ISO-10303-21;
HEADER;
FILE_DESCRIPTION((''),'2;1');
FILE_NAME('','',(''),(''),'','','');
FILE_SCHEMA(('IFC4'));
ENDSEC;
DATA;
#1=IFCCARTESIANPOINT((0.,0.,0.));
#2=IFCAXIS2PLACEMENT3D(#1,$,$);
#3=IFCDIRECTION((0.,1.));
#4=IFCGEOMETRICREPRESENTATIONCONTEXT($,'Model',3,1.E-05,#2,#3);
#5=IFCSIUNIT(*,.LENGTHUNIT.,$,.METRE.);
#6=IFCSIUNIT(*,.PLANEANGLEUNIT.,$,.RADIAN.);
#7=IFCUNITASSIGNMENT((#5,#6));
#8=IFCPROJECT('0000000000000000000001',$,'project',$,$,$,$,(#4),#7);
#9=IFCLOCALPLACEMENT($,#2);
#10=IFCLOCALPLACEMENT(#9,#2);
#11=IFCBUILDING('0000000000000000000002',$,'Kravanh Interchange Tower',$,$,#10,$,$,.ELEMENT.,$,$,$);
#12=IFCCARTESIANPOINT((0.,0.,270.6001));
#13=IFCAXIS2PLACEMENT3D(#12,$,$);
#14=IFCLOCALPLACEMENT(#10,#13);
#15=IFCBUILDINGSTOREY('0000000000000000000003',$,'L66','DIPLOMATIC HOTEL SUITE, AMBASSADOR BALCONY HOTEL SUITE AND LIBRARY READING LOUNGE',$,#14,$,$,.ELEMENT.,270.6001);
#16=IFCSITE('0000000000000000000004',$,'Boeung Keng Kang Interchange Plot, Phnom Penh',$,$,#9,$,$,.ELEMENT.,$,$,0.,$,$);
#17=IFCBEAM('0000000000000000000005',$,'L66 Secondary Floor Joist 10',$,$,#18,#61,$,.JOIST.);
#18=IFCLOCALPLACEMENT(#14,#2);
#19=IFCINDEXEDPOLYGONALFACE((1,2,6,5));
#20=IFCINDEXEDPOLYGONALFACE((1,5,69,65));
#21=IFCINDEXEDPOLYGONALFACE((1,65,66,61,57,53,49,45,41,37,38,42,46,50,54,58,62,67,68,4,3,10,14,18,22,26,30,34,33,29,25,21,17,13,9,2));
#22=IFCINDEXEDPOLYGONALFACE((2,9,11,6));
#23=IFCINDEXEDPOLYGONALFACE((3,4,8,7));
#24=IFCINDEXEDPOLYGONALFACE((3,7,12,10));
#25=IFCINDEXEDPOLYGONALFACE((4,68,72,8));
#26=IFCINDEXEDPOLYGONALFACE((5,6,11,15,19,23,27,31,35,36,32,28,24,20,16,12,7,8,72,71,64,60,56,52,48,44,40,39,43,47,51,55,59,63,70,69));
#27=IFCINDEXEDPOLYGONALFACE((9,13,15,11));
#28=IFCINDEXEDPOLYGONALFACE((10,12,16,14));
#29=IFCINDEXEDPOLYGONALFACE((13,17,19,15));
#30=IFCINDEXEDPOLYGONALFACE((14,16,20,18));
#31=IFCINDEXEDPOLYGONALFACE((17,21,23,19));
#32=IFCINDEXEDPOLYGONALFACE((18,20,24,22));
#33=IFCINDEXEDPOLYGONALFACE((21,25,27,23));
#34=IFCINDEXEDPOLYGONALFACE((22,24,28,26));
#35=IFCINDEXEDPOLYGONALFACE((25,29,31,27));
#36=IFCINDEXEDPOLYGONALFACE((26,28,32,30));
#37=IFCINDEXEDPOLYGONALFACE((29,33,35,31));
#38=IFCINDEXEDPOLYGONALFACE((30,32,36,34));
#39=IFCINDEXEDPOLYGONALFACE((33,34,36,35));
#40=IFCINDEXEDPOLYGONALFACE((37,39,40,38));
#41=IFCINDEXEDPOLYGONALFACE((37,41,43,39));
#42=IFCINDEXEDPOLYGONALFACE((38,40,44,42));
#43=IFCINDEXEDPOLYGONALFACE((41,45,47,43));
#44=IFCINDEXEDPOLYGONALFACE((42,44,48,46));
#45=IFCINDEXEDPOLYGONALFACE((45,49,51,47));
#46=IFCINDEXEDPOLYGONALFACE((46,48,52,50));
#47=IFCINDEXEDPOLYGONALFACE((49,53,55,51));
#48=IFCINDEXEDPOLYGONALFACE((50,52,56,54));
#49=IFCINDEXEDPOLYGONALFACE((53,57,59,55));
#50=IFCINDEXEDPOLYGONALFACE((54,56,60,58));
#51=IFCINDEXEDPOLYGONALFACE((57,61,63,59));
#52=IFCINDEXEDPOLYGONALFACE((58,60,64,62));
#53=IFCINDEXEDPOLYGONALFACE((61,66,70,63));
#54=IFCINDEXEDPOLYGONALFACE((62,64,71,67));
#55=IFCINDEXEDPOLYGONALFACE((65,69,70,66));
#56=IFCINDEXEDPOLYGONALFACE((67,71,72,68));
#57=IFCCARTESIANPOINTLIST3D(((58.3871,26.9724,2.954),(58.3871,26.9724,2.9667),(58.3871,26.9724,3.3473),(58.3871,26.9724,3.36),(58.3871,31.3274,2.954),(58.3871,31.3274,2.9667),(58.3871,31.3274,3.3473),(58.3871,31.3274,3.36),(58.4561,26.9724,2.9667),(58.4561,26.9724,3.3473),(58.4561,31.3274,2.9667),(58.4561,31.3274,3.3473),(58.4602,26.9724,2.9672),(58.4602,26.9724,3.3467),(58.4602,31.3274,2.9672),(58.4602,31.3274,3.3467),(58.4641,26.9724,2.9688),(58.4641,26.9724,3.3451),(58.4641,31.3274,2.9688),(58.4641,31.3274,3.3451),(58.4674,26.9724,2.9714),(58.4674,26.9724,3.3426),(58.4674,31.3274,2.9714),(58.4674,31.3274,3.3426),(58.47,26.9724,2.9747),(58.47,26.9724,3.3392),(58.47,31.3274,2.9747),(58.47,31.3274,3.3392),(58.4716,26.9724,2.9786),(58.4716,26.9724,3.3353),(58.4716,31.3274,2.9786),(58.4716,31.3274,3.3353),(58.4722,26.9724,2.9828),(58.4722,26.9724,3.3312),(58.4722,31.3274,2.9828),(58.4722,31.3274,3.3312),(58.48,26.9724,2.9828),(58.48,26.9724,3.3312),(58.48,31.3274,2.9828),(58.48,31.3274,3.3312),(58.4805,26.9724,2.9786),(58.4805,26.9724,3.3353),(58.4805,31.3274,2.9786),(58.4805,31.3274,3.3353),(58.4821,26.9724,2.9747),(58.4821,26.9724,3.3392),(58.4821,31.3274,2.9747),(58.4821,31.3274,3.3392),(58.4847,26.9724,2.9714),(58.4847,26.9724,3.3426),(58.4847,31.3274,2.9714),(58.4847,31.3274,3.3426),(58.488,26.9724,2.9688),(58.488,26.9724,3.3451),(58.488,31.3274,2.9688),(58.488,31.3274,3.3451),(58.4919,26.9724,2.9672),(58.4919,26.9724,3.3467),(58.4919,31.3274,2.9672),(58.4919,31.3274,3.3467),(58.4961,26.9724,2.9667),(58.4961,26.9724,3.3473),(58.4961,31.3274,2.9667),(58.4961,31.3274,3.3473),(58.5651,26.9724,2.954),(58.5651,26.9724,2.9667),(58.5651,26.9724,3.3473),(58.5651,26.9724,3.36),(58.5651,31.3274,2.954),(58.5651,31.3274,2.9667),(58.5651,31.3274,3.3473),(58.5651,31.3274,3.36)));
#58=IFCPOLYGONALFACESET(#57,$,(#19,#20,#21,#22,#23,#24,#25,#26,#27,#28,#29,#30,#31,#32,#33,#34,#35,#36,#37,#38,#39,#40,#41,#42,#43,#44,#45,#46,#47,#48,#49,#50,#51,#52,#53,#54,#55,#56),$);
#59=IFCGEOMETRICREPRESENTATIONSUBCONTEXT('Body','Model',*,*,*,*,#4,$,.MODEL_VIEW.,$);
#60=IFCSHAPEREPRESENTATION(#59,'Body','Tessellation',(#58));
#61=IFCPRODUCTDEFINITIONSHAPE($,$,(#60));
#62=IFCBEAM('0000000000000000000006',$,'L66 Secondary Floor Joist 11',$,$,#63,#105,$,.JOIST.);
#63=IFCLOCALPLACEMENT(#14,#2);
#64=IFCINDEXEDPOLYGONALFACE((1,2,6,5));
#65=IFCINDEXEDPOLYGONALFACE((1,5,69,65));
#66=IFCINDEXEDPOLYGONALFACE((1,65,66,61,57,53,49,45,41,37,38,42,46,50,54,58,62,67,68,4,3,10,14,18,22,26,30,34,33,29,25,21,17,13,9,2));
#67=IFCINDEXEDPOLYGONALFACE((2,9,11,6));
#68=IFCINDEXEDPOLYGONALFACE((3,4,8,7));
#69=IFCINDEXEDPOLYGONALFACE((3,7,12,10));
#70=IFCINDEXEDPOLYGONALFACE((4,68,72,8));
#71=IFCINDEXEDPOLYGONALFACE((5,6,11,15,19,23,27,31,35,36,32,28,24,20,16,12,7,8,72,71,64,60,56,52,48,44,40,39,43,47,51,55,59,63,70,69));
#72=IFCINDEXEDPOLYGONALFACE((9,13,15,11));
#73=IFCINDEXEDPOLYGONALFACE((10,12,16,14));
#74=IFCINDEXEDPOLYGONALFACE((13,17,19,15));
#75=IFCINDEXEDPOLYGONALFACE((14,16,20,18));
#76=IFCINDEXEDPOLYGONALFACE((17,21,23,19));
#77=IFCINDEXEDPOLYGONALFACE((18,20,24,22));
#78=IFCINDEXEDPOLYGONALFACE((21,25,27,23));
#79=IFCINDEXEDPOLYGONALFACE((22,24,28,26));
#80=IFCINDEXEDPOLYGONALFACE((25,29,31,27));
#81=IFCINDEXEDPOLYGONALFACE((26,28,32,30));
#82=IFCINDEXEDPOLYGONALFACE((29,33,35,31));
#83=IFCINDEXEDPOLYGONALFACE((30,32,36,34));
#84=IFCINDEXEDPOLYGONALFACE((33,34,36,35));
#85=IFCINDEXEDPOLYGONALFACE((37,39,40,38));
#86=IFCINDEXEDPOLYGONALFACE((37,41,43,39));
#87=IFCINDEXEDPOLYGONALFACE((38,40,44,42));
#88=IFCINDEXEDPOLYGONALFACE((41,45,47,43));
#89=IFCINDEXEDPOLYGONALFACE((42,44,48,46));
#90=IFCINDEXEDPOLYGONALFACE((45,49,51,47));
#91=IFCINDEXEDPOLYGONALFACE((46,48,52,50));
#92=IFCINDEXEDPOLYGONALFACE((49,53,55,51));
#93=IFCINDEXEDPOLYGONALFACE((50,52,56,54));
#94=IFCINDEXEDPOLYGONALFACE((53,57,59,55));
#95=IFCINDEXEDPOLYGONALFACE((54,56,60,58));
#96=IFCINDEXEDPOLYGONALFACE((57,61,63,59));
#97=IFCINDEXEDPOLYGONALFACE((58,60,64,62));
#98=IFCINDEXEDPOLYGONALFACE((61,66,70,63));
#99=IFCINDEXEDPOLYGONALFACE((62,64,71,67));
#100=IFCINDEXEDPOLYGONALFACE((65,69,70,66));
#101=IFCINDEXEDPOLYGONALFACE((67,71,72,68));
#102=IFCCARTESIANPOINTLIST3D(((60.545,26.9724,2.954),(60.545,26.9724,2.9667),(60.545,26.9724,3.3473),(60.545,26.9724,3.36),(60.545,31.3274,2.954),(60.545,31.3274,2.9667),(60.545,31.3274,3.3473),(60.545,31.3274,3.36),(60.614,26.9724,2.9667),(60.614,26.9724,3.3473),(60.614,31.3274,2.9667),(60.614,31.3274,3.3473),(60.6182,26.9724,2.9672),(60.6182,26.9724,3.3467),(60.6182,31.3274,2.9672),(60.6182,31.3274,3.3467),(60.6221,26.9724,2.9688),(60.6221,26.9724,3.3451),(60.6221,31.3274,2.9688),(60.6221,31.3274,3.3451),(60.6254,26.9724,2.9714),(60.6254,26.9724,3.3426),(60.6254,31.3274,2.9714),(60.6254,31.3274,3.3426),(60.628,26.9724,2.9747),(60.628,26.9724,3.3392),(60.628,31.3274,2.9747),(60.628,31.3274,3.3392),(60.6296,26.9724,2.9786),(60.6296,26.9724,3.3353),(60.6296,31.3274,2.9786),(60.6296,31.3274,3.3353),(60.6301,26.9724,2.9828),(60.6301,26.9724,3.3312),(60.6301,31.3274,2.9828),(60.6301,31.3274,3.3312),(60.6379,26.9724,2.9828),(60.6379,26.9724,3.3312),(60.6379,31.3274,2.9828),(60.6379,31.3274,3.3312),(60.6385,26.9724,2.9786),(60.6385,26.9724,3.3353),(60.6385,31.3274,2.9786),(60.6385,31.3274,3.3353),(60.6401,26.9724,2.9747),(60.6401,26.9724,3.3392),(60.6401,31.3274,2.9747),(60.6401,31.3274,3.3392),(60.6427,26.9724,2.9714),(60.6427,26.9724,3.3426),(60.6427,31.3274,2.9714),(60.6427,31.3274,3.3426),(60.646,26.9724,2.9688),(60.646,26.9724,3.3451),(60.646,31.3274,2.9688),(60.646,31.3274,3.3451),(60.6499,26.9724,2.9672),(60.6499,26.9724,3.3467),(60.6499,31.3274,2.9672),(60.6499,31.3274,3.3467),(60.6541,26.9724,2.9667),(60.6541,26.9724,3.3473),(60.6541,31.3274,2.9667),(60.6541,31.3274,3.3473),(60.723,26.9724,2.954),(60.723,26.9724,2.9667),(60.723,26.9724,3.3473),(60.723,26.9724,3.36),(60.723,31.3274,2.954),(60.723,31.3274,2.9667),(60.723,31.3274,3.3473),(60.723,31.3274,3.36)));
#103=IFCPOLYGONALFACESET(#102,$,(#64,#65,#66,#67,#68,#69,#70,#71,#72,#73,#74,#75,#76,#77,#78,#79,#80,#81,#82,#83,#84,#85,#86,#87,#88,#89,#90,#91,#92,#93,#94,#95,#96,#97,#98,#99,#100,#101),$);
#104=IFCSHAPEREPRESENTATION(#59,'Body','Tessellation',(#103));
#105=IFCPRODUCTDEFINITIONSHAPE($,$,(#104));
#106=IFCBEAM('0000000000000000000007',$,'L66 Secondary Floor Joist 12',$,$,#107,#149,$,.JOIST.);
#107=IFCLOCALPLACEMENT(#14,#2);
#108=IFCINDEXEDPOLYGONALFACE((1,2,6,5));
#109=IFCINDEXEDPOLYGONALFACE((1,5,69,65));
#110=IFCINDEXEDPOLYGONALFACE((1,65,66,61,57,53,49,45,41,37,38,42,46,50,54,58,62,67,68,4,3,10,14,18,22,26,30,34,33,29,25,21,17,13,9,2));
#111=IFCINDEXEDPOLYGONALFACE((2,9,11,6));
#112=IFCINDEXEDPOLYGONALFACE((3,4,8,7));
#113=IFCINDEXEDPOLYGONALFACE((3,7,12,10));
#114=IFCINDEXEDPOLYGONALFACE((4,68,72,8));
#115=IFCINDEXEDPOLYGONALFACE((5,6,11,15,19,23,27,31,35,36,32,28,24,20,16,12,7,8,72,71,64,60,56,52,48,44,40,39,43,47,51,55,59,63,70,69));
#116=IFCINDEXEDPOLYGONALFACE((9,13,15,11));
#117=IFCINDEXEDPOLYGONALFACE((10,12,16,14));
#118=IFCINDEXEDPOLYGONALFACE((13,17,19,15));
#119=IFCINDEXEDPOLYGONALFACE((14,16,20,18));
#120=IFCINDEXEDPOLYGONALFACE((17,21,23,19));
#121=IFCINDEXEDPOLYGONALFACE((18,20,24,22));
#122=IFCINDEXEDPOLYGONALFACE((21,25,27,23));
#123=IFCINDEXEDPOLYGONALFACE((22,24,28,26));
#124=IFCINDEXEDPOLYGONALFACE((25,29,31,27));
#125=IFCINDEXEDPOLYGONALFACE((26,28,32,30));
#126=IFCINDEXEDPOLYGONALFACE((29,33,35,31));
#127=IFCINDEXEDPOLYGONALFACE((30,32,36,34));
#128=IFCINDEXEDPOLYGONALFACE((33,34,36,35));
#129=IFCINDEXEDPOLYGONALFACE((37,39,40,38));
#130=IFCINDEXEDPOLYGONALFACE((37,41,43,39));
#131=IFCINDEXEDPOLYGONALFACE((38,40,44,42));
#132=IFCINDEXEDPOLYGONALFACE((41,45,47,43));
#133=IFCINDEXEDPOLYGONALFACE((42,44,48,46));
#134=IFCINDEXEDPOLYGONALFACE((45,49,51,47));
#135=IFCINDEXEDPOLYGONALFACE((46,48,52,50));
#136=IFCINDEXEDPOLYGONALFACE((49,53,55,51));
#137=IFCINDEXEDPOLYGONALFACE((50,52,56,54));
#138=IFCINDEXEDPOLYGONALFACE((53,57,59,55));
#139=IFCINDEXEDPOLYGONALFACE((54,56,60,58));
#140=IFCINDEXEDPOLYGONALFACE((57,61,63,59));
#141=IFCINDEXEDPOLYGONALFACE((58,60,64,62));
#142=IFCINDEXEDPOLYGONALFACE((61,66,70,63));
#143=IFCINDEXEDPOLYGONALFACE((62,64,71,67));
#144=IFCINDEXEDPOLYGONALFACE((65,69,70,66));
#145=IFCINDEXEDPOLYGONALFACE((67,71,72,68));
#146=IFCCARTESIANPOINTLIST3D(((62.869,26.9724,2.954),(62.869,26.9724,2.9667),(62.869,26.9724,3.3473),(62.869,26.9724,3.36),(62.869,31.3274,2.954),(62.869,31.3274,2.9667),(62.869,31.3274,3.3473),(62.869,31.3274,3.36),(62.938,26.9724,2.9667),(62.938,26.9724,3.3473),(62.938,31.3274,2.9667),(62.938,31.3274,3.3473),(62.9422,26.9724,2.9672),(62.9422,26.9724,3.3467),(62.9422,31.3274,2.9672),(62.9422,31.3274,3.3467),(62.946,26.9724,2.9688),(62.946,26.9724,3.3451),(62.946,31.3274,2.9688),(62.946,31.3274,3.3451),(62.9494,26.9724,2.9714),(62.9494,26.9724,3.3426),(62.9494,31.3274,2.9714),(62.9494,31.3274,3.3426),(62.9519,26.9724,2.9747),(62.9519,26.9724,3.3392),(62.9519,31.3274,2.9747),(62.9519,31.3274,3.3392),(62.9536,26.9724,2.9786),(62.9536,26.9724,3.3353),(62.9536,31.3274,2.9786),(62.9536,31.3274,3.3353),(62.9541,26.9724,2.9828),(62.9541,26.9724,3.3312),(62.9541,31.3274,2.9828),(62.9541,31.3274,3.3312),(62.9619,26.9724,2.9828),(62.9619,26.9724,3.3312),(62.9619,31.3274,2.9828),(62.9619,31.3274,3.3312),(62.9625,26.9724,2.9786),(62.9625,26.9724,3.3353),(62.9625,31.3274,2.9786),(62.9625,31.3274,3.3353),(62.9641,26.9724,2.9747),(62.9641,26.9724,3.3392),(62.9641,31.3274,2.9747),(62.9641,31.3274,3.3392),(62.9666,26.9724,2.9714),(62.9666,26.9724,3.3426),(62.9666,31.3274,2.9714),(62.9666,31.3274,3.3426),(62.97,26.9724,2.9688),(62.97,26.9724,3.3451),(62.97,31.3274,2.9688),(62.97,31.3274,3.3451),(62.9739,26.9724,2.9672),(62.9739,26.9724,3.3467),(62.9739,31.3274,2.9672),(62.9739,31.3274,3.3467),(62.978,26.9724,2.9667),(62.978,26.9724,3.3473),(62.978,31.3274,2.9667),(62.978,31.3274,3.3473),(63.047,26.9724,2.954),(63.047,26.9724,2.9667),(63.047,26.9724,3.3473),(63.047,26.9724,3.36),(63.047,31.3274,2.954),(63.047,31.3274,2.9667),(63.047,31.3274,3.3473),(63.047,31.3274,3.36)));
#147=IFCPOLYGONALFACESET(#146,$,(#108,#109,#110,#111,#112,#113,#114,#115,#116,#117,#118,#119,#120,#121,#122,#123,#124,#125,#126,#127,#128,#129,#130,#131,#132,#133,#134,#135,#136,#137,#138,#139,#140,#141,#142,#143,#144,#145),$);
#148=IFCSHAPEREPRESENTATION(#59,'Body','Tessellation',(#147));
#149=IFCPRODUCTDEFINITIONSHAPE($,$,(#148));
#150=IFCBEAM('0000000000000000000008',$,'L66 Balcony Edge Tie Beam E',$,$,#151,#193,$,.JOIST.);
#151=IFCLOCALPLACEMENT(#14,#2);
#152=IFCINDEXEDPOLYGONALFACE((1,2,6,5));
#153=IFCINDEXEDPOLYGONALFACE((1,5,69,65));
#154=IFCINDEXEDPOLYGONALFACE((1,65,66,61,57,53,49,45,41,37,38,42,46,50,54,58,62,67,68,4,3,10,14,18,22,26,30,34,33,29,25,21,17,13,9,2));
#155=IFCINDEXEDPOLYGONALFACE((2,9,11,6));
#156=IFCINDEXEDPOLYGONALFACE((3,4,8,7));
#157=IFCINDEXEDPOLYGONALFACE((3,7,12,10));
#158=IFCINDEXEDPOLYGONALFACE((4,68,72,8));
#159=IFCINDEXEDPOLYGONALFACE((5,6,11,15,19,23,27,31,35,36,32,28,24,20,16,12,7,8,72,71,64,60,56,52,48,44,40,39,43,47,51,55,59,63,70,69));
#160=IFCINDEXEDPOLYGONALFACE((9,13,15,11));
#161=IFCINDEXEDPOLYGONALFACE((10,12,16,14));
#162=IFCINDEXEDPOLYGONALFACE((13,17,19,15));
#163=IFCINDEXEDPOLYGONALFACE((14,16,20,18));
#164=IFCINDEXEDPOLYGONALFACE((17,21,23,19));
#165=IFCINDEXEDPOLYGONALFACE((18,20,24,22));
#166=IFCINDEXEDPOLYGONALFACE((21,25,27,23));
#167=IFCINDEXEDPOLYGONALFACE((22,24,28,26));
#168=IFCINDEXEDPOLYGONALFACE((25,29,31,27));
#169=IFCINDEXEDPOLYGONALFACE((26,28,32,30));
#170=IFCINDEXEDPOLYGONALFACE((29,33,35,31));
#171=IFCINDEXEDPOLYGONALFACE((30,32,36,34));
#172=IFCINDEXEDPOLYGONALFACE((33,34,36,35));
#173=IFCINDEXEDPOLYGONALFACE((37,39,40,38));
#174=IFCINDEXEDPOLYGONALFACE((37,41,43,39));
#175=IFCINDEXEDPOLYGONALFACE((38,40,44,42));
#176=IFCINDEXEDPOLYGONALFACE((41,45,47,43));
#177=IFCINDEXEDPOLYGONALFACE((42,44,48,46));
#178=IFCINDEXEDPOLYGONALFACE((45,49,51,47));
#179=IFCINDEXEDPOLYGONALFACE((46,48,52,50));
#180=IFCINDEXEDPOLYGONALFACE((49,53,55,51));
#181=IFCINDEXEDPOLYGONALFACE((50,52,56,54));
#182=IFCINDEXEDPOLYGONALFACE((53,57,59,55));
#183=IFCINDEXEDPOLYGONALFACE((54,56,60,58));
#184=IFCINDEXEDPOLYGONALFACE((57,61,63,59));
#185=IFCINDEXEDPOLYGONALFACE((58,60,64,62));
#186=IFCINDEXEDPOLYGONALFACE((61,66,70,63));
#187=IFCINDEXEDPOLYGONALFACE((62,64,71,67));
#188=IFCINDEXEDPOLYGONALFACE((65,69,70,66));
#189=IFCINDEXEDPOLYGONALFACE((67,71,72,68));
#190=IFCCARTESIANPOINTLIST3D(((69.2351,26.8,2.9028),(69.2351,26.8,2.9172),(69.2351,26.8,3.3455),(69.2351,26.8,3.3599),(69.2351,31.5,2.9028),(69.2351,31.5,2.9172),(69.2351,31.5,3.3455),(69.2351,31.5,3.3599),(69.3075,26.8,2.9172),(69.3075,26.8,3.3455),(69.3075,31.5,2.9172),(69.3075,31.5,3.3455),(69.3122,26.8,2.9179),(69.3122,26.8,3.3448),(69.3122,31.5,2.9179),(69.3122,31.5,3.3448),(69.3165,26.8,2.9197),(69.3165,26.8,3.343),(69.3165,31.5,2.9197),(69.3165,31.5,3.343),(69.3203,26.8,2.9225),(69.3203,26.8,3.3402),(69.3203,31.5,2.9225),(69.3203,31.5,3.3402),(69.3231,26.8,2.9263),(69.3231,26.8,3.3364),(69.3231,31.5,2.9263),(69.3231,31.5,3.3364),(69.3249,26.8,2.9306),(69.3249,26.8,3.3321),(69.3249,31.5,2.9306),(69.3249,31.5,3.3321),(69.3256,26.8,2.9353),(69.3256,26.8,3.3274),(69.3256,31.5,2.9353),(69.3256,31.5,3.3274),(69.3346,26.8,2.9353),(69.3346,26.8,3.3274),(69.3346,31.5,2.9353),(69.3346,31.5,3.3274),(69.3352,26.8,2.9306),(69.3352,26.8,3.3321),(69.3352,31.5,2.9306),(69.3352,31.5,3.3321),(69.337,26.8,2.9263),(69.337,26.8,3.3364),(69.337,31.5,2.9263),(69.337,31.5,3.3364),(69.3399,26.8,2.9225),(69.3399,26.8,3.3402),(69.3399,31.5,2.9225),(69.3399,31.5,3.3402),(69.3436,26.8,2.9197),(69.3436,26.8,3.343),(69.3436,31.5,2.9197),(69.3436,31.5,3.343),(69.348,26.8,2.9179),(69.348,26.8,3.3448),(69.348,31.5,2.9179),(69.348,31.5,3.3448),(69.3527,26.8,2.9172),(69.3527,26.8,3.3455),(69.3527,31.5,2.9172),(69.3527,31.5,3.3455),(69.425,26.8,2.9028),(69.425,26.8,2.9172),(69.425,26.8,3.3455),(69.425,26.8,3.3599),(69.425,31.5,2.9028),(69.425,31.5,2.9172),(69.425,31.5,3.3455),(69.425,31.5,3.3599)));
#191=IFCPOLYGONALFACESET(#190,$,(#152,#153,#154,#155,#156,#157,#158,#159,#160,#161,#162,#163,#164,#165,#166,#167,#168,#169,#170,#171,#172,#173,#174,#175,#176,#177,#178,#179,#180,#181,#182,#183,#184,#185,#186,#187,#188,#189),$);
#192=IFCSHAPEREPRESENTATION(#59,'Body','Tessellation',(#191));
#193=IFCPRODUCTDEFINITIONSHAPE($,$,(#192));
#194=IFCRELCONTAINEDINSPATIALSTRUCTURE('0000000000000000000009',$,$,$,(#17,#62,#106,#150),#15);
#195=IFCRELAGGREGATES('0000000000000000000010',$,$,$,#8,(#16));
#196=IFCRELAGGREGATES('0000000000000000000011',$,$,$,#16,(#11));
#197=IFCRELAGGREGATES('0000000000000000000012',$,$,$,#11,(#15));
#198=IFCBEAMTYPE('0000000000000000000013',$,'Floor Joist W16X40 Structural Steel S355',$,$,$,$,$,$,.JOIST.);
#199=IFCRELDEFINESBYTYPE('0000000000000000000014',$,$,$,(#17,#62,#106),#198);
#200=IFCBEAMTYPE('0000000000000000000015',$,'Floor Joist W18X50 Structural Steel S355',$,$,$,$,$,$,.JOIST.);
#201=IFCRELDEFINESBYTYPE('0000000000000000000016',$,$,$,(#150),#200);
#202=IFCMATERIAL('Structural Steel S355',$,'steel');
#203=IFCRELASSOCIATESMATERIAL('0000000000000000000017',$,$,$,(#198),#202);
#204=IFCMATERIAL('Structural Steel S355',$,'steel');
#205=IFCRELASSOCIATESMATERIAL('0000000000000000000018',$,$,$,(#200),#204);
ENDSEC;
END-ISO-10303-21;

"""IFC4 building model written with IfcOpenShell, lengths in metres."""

from ifc_helpers import new_model, si_unit, direction, frame, origin, origin_2d, place, context, subcontext, project, spatial, i_section, extrude, material, material_profile, profile_set, type_object, element, save


model = new_model("IFC4")

# Units and contexts
model_context = context("Model", 3, precision=1e-05, world=origin(), true_north=direction((0.0, 1.0)))
body_context = subcontext(model_context, "Body", "Model", "MODEL_VIEW")
ifc_project = project(units=[si_unit("LENGTHUNIT", "METRE"), si_unit("PLANEANGLEUNIT", "RADIAN")], contexts=[model_context])

# Site, building, storey
site_placement = place(None, origin())
site = spatial("IfcSite", under=ifc_project, at=site_placement, Name="Boeung Keng Kang Interchange Plot, Phnom Penh", CompositionType="ELEMENT", RefElevation=0.0)
building_placement = place(site_placement, origin())
building = spatial("IfcBuilding", under=site, at=building_placement, Name="Kravanh Interchange Tower", CompositionType="ELEMENT")
storey_placement = place(building_placement, frame((0.0, 0.0, 270.6001)))
storey = spatial("IfcBuildingStorey", under=building, at=storey_placement, Name="L66", Description="DIPLOMATIC HOTEL SUITE, AMBASSADOR BALCONY HOTEL SUITE AND LIBRARY READING LOUNGE", CompositionType="ELEMENT", Elevation=270.6001)

# Beams
ifc_material_1 = material(Name="Structural Steel S355", Category="steel")
ifc_material_profile_1 = material_profile(ifc_material_1, i_section(OverallWidth=0.178, OverallDepth=0.406, WebThickness=0.0078, FlangeThickness=0.0127, FilletRadius=0.0161, at=origin_2d()), Name="W16X40")
ifc_profile_set_1 = profile_set([ifc_material_profile_1], Name="Structural Steel S355")
beam_type_1 = type_object("IfcBeamType", Name="Floor Joist W16X40 Structural Steel S355", PredefinedType="JOIST", material=ifc_profile_set_1)
for number, where, z_axis, x_axis, name in (
    (1, (58.4761, 26.9724, 3.157), (0.0, 1.0, 0.0), (-1.0, 0.0, 0.0), "L66 Secondary Floor Joist 10"),
    (2, (60.634, 26.9724, 3.157), (0.0, 1.0, 0.0), (-1.0, 0.0, 0.0), "L66 Secondary Floor Joist 11"),
    (3, (62.958, 26.9724, 3.157), (0.0, 1.0, 0.0), (-1.0, 0.0, 0.0), "L66 Secondary Floor Joist 12"),
):
    element("IfcBeam", number, at=place(storey_placement, frame(where, z_axis=z_axis, x_axis=x_axis)), inside=storey, type_object=beam_type_1, Name=name, PredefinedType="JOIST", context=body_context, shape_type="SweptSolid", body=[
        extrude(i_section(OverallWidth=0.178, OverallDepth=0.406, WebThickness=0.0078, FlangeThickness=0.0127, FilletRadius=0.0161, at=origin_2d()), origin(), (0.0, 0.0, 1.0), 4.355),
    ])
ifc_material_2 = material(Name="Structural Steel S355", Category="steel")
ifc_material_profile_2 = material_profile(ifc_material_2, i_section(OverallWidth=0.1899, OverallDepth=0.457, WebThickness=0.009, FlangeThickness=0.0144, FilletRadius=0.0181, at=origin_2d()), Name="W18X50")
ifc_profile_set_2 = profile_set([ifc_material_profile_2], Name="Structural Steel S355")
beam_type_2 = type_object("IfcBeamType", Name="Floor Joist W18X50 Structural Steel S355", PredefinedType="JOIST", material=ifc_profile_set_2)
beam_1_placement = place(storey_placement, frame((69.3301, 26.8, 3.1313), z_axis=(0.0, 1.0, 0.0), x_axis=(-1.0, 0.0, 0.0)))
element("IfcBeam", 4, at=beam_1_placement, inside=storey, type_object=beam_type_2, Name="L66 Balcony Edge Tie Beam E", PredefinedType="JOIST", context=body_context, shape_type="SweptSolid", body=[
    extrude(i_section(OverallWidth=0.1899, OverallDepth=0.457, WebThickness=0.009, FlangeThickness=0.0144, FilletRadius=0.0181, at=origin_2d()), origin(), (0.0, 0.0, 1.0), 4.7),
])

save(model, "model.ifc")
